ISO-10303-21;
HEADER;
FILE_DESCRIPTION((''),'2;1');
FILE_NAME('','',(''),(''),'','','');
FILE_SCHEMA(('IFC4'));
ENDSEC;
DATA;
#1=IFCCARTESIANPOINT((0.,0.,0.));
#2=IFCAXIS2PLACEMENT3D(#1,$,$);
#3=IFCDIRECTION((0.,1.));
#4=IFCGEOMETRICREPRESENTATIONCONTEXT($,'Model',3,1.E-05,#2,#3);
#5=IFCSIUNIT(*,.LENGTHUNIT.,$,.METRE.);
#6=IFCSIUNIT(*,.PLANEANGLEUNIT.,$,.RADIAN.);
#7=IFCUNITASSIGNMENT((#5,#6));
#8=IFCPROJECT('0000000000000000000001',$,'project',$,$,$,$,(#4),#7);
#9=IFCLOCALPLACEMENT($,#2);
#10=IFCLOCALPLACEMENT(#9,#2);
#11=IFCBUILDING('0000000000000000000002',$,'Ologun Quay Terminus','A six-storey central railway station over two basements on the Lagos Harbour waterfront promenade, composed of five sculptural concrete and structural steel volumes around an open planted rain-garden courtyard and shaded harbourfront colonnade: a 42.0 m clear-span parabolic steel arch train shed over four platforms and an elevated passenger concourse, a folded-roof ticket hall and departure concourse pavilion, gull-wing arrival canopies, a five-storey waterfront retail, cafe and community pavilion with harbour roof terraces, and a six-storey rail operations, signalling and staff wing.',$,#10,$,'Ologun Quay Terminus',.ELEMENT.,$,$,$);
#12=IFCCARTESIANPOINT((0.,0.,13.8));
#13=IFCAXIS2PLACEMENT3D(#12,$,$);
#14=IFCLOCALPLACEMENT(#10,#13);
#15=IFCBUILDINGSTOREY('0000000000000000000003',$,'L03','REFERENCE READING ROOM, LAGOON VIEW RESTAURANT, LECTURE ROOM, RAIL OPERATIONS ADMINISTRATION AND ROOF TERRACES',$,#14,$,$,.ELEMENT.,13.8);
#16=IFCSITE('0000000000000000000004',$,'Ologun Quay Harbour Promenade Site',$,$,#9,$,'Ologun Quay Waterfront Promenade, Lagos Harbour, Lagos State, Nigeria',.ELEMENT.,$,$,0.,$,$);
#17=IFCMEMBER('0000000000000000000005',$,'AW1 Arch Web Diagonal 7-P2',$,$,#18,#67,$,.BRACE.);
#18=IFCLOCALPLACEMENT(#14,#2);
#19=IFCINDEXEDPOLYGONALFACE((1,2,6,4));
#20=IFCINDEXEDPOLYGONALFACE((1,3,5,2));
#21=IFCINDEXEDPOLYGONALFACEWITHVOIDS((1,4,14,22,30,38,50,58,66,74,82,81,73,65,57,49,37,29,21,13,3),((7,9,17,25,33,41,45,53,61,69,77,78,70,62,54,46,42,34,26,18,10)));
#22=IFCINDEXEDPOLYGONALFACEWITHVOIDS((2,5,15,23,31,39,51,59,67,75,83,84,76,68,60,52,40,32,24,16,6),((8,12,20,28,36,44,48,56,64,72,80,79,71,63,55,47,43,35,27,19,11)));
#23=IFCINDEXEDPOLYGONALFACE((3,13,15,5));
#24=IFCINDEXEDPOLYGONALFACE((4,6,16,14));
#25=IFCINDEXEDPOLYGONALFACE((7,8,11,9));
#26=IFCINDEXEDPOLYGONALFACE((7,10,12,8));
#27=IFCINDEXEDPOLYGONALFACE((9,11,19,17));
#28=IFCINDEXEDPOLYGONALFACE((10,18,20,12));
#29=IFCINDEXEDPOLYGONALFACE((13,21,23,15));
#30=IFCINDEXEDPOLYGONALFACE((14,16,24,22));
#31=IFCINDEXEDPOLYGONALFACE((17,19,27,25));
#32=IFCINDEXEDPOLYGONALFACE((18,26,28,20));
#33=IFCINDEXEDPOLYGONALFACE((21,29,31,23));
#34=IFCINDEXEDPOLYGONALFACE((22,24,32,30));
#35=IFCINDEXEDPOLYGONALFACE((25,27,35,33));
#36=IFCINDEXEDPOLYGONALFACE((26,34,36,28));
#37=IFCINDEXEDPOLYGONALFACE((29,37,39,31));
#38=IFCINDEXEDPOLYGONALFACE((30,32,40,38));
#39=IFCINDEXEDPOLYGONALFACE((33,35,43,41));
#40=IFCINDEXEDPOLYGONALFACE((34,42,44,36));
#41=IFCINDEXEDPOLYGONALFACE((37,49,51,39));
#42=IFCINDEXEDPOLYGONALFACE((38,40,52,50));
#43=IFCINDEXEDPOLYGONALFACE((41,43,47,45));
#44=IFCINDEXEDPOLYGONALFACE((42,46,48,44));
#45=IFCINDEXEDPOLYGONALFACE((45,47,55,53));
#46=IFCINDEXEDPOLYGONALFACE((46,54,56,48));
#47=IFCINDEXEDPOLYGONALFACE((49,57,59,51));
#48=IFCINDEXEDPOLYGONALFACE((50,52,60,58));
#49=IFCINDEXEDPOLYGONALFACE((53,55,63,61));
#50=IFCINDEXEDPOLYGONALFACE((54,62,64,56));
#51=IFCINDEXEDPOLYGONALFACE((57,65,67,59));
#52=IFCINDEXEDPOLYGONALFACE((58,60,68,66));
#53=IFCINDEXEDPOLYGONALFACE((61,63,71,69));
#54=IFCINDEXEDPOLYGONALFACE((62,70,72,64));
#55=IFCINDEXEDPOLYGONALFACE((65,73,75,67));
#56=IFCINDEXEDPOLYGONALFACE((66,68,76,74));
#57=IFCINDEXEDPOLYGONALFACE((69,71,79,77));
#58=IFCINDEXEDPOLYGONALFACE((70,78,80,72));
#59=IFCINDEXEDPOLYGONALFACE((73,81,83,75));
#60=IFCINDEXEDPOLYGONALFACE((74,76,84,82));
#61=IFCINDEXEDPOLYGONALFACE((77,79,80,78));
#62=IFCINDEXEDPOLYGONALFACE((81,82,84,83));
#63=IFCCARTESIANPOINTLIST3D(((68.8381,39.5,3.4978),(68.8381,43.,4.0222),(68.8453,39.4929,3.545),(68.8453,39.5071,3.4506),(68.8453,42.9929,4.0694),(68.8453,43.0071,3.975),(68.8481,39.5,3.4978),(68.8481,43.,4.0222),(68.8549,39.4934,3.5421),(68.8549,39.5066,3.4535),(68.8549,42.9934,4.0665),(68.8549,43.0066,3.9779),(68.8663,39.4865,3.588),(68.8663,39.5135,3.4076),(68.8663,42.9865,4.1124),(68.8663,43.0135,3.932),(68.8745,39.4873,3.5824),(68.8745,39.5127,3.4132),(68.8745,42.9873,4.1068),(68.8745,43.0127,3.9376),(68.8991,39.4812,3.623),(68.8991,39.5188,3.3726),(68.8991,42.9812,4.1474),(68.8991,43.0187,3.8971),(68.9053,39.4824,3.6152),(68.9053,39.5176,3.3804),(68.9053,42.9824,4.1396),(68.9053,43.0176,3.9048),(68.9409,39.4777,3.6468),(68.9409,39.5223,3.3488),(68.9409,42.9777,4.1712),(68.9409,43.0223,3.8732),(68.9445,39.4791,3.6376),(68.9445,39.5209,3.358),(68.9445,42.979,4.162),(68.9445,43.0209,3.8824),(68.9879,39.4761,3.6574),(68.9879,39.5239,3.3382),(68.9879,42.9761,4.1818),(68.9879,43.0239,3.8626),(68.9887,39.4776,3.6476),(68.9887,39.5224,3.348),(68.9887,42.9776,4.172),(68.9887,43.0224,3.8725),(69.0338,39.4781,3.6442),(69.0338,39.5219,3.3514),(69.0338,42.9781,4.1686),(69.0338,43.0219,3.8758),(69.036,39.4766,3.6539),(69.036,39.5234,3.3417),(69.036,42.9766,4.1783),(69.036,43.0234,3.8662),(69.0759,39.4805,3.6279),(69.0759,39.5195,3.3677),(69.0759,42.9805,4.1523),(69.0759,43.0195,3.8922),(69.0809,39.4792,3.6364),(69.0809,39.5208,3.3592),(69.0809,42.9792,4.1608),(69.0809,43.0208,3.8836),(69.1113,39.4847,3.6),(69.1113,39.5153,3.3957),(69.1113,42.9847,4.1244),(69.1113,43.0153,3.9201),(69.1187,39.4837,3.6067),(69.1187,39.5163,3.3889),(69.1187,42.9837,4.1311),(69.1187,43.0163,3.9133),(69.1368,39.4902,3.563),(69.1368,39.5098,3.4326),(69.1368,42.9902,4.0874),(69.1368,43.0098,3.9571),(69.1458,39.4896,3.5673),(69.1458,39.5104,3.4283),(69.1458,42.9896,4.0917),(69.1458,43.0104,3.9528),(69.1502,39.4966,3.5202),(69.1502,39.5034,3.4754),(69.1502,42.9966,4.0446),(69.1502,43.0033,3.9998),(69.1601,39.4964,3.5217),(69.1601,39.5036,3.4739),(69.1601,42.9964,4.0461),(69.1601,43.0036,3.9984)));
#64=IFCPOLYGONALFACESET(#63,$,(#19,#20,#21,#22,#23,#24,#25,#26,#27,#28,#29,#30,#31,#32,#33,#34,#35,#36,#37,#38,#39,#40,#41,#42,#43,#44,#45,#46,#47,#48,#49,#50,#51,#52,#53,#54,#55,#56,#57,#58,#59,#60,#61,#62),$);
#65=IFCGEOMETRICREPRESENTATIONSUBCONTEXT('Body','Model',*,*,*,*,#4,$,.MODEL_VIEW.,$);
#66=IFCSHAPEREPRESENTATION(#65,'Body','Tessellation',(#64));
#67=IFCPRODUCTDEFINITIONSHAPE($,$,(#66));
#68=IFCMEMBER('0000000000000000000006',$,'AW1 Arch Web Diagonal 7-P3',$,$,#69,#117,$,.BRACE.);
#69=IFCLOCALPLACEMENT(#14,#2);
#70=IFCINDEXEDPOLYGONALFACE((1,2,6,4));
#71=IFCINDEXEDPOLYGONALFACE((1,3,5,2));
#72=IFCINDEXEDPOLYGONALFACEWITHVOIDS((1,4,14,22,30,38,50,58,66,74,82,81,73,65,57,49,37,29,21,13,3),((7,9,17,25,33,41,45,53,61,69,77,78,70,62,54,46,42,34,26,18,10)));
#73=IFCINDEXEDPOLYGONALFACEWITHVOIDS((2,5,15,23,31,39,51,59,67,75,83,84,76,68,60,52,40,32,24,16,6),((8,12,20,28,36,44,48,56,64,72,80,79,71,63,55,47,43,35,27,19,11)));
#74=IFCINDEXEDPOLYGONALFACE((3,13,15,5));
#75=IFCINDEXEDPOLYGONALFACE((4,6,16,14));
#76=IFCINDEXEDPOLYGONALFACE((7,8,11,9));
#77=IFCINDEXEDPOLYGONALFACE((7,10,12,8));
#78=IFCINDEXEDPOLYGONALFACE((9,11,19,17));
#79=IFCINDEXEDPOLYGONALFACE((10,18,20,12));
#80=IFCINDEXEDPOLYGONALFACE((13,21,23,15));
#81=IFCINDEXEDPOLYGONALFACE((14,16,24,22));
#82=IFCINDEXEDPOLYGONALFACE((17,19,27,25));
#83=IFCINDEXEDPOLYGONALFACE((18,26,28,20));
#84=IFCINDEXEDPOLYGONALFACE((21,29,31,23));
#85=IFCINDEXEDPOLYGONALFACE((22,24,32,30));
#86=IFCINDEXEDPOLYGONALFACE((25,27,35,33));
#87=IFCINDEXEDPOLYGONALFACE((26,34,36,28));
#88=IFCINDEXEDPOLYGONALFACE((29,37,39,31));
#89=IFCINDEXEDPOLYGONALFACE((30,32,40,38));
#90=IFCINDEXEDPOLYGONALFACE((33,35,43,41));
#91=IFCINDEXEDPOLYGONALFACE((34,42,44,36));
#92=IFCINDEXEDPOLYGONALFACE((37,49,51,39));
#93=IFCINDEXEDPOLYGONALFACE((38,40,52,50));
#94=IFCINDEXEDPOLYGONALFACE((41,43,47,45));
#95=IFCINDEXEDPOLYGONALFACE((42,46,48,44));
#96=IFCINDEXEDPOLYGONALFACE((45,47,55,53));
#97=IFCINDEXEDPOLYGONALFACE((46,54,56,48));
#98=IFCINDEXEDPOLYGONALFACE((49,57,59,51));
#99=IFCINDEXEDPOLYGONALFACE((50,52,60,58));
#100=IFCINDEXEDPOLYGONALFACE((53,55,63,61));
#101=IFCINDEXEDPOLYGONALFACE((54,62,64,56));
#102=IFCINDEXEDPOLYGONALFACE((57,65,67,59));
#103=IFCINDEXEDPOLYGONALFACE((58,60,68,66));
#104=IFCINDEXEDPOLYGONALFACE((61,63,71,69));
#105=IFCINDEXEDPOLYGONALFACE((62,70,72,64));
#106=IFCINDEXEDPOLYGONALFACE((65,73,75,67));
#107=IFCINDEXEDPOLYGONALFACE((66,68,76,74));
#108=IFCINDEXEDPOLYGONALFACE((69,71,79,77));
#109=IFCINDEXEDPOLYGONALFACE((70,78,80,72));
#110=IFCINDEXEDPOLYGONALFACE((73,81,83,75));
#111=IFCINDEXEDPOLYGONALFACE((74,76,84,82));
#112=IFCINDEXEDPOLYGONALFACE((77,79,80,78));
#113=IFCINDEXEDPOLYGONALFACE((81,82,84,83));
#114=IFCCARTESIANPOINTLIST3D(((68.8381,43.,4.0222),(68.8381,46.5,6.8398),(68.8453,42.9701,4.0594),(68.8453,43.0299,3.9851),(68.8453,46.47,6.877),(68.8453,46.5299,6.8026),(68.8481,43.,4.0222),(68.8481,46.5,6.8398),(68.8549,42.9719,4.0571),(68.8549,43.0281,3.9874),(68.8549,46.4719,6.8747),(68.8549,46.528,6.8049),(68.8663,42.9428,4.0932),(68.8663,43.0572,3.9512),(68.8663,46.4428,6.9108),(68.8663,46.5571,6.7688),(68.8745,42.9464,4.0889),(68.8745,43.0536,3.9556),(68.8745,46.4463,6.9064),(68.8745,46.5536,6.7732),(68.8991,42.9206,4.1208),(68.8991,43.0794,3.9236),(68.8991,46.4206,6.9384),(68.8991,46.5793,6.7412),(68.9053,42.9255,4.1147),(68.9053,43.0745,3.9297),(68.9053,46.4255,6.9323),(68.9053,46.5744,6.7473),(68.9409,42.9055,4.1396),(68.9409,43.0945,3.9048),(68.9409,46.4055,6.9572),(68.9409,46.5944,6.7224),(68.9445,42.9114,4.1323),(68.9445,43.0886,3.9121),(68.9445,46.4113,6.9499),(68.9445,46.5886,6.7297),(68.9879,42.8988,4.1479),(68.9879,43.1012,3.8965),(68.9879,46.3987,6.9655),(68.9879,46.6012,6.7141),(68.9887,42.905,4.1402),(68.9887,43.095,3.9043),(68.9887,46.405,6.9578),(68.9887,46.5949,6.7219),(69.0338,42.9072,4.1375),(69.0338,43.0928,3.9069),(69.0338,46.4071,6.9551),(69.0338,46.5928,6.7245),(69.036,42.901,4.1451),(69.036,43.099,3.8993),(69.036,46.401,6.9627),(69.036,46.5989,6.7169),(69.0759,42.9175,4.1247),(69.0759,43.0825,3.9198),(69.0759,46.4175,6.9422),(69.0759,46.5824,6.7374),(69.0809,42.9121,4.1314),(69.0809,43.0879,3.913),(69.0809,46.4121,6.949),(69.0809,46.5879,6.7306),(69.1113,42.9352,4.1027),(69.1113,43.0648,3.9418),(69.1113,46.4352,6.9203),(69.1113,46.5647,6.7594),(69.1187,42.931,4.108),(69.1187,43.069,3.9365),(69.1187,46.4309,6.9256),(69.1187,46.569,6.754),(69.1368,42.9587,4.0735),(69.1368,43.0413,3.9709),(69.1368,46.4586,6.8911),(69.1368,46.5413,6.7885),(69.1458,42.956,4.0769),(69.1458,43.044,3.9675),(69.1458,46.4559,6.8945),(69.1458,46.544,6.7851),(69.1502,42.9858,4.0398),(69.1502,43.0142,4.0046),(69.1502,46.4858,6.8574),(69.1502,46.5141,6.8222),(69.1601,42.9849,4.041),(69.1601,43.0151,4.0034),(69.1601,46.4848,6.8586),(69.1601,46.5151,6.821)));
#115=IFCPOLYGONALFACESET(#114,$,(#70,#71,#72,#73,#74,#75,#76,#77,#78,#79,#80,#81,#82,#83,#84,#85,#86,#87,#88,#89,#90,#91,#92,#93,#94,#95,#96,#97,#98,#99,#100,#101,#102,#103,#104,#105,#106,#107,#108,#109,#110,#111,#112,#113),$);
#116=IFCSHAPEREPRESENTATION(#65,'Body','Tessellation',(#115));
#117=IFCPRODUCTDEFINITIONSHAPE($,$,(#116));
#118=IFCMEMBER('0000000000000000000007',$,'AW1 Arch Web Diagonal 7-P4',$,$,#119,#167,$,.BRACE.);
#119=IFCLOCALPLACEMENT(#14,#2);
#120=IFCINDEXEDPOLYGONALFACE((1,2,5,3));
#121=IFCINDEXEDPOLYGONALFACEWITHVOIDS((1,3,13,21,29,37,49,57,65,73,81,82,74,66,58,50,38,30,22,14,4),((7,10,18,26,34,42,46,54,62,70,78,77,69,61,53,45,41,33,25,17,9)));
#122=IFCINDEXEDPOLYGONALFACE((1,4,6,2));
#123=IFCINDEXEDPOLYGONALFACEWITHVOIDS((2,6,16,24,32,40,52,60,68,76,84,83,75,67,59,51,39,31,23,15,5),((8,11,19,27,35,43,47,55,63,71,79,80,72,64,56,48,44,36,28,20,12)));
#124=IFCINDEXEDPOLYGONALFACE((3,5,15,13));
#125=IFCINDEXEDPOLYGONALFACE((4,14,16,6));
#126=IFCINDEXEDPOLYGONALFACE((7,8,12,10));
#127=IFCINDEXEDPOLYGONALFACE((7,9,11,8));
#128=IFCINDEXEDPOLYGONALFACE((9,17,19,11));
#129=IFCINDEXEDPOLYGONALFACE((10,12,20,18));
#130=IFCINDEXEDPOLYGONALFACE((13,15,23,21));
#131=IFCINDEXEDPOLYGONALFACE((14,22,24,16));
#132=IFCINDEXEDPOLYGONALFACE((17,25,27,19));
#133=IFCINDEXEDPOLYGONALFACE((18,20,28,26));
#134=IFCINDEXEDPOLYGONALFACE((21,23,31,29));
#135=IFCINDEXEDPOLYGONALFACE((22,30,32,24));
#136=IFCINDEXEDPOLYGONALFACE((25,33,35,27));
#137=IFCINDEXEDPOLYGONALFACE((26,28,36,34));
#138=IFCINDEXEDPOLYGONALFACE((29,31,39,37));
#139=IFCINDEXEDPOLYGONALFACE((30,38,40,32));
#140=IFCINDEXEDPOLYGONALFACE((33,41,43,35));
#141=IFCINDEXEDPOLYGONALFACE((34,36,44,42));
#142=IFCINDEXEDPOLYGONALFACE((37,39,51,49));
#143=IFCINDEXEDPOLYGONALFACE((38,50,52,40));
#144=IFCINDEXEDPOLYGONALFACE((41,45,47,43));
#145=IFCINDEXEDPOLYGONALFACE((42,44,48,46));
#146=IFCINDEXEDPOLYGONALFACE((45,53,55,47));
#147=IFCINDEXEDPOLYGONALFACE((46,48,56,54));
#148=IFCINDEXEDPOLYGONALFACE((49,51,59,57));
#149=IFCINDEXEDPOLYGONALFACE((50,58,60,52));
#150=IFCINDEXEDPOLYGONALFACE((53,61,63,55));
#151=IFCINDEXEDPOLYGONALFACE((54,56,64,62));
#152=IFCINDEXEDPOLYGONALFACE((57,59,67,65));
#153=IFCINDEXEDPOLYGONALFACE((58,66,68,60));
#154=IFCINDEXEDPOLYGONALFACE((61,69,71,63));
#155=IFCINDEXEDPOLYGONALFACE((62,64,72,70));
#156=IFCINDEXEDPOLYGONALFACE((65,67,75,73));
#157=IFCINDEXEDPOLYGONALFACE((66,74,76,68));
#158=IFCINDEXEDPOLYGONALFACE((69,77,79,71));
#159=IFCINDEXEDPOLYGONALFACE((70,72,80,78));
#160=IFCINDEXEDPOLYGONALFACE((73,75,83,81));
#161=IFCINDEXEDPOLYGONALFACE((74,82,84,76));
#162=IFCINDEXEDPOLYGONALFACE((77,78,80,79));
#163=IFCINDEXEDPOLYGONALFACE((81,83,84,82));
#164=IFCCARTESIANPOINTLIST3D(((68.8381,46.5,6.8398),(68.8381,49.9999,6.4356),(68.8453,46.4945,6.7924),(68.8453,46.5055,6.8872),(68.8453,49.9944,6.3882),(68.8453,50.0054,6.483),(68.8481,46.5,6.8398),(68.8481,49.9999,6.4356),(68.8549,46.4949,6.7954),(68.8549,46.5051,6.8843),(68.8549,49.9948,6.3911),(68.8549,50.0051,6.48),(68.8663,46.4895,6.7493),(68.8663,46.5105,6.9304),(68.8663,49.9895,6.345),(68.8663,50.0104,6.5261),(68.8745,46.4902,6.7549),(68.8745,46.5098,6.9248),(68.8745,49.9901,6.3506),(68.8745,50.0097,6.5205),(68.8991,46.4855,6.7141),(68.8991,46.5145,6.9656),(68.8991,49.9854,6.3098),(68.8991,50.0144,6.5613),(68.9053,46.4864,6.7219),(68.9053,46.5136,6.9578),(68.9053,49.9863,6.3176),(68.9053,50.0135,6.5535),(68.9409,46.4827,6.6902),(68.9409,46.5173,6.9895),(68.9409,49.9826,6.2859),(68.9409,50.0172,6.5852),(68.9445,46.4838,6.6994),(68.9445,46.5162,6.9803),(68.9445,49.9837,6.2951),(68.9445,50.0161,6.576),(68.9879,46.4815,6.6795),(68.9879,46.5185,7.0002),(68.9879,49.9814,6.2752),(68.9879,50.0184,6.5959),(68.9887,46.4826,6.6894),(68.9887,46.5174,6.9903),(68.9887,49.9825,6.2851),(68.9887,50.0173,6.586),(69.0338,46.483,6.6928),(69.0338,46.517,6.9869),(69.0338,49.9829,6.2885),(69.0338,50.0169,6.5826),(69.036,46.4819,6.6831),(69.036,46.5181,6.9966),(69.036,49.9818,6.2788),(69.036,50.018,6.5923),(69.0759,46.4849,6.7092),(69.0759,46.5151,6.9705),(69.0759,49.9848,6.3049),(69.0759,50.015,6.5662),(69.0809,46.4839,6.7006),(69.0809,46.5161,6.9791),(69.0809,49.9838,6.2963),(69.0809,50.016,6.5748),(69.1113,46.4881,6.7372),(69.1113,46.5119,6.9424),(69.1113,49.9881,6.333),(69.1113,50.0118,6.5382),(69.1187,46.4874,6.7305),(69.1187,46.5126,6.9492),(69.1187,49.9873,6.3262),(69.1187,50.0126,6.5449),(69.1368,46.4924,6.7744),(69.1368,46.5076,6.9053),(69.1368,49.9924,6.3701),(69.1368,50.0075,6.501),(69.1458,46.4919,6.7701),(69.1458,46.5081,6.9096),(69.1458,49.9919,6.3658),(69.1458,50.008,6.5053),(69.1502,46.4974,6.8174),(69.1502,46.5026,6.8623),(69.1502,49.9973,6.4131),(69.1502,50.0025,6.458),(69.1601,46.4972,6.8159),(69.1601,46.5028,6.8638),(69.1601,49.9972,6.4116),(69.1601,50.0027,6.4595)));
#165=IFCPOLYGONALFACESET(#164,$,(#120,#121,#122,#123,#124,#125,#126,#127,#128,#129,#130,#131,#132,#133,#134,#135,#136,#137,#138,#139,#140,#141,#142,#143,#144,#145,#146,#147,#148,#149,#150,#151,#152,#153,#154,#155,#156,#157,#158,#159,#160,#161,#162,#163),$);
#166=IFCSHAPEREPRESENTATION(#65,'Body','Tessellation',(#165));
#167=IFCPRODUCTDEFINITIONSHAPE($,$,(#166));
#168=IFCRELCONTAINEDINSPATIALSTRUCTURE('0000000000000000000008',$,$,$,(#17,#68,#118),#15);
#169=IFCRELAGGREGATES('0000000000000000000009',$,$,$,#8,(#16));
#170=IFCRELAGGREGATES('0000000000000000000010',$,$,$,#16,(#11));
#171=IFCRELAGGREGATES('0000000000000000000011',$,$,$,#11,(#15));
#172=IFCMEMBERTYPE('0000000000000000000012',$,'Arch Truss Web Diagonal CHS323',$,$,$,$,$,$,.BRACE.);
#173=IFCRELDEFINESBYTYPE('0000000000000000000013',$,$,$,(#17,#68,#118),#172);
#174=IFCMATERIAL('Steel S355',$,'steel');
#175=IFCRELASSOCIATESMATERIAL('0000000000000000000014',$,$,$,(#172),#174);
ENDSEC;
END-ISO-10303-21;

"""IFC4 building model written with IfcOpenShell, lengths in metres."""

from ifc_helpers import new_model, si_unit, direction, frame, origin, origin_2d, place, context, subcontext, project, spatial, hollow_circle, extrude, material, material_profile, profile_set, type_object, element, save


model = new_model("IFC4")

# Units and contexts
model_context = context("Model", 3, precision=1e-05, world=origin(), true_north=direction((0.0, 1.0)))
body_context = subcontext(model_context, "Body", "Model", "MODEL_VIEW")
ifc_project = project(units=[si_unit("LENGTHUNIT", "METRE"), si_unit("PLANEANGLEUNIT", "RADIAN")], contexts=[model_context])

# Site, building, storey
site_placement = place(None, origin())
site = spatial("IfcSite", under=ifc_project, at=site_placement, Name="Ologun Quay Harbour Promenade Site", LongName="Ologun Quay Waterfront Promenade, Lagos Harbour, Lagos State, Nigeria", CompositionType="ELEMENT", RefElevation=0.0)
building_placement = place(site_placement, origin())
building = spatial("IfcBuilding", under=site, at=building_placement, Name="Ologun Quay Terminus", Description="A six-storey central railway station over two basements on the Lagos Harbour waterfront promenade, composed of five sculptural concrete and structural steel volumes around an open planted rain-garden courtyard and shaded harbourfront colonnade: a 42.0 m clear-span parabolic steel arch train shed over four platforms and an elevated passenger concourse, a folded-roof ticket hall and departure concourse pavilion, gull-wing arrival canopies, a five-storey waterfront retail, cafe and community pavilion with harbour roof terraces, and a six-storey rail operations, signalling and staff wing.", LongName="Ologun Quay Terminus", CompositionType="ELEMENT")
storey_placement = place(building_placement, frame((0.0, 0.0, 13.8)))
storey = spatial("IfcBuildingStorey", under=building, at=storey_placement, Name="L03", Description="REFERENCE READING ROOM, LAGOON VIEW RESTAURANT, LECTURE ROOM, RAIL OPERATIONS ADMINISTRATION AND ROOF TERRACES", CompositionType="ELEMENT", Elevation=13.8)

# Members
ifc_material_1 = material(Name="Steel S355", Category="steel")
ifc_material_profile_1 = material_profile(ifc_material_1, hollow_circle(Radius=0.1619, WallThickness=0.01, at=origin_2d()), Name="CHS 323.9x10")
ifc_profile_set_1 = profile_set([ifc_material_profile_1], Name="Steel S355")
member_type_1 = type_object("IfcMemberType", Name="Arch Truss Web Diagonal CHS323", PredefinedType="BRACE", material=ifc_profile_set_1)
member_1_placement = place(storey_placement, frame((69.0, 39.5, 3.4978), z_axis=(0.0, 0.988961, 0.148179), x_axis=(-1.0, 0.0, 0.0)))
element("IfcMember", 1, at=member_1_placement, inside=storey, type_object=member_type_1, Name="AW1 Arch Web Diagonal 7-P2", PredefinedType="BRACE", context=body_context, shape_type="SweptSolid", body=[
    extrude(hollow_circle(Radius=0.1619, WallThickness=0.01, at=origin_2d()), origin(), (0.0, 0.0, 1.0), 3.5391),
])
member_2_placement = place(storey_placement, frame((69.0, 43.0, 4.0222), z_axis=(0.0, 0.778951, 0.627084), x_axis=(-1.0, 0.0, 0.0)))
element("IfcMember", 2, at=member_2_placement, inside=storey, type_object=member_type_1, Name="AW1 Arch Web Diagonal 7-P3", PredefinedType="BRACE", context=body_context, shape_type="SweptSolid", body=[
    extrude(hollow_circle(Radius=0.1619, WallThickness=0.01, at=origin_2d()), origin(), (0.0, 0.0, 1.0), 4.4932),
])
member_3_placement = place(storey_placement, frame((69.0, 46.5, 6.8398), z_axis=(0.0, 0.993394, -0.11475), x_axis=(-1.0, 0.0, 0.0)))
element("IfcMember", 3, at=member_3_placement, inside=storey, type_object=member_type_1, Name="AW1 Arch Web Diagonal 7-P4", PredefinedType="BRACE", context=body_context, shape_type="SweptSolid", body=[
    extrude(hollow_circle(Radius=0.1619, WallThickness=0.01, at=origin_2d()), origin(), (0.0, 0.0, 1.0), 3.5232),
])

save(model, "model.ifc")
